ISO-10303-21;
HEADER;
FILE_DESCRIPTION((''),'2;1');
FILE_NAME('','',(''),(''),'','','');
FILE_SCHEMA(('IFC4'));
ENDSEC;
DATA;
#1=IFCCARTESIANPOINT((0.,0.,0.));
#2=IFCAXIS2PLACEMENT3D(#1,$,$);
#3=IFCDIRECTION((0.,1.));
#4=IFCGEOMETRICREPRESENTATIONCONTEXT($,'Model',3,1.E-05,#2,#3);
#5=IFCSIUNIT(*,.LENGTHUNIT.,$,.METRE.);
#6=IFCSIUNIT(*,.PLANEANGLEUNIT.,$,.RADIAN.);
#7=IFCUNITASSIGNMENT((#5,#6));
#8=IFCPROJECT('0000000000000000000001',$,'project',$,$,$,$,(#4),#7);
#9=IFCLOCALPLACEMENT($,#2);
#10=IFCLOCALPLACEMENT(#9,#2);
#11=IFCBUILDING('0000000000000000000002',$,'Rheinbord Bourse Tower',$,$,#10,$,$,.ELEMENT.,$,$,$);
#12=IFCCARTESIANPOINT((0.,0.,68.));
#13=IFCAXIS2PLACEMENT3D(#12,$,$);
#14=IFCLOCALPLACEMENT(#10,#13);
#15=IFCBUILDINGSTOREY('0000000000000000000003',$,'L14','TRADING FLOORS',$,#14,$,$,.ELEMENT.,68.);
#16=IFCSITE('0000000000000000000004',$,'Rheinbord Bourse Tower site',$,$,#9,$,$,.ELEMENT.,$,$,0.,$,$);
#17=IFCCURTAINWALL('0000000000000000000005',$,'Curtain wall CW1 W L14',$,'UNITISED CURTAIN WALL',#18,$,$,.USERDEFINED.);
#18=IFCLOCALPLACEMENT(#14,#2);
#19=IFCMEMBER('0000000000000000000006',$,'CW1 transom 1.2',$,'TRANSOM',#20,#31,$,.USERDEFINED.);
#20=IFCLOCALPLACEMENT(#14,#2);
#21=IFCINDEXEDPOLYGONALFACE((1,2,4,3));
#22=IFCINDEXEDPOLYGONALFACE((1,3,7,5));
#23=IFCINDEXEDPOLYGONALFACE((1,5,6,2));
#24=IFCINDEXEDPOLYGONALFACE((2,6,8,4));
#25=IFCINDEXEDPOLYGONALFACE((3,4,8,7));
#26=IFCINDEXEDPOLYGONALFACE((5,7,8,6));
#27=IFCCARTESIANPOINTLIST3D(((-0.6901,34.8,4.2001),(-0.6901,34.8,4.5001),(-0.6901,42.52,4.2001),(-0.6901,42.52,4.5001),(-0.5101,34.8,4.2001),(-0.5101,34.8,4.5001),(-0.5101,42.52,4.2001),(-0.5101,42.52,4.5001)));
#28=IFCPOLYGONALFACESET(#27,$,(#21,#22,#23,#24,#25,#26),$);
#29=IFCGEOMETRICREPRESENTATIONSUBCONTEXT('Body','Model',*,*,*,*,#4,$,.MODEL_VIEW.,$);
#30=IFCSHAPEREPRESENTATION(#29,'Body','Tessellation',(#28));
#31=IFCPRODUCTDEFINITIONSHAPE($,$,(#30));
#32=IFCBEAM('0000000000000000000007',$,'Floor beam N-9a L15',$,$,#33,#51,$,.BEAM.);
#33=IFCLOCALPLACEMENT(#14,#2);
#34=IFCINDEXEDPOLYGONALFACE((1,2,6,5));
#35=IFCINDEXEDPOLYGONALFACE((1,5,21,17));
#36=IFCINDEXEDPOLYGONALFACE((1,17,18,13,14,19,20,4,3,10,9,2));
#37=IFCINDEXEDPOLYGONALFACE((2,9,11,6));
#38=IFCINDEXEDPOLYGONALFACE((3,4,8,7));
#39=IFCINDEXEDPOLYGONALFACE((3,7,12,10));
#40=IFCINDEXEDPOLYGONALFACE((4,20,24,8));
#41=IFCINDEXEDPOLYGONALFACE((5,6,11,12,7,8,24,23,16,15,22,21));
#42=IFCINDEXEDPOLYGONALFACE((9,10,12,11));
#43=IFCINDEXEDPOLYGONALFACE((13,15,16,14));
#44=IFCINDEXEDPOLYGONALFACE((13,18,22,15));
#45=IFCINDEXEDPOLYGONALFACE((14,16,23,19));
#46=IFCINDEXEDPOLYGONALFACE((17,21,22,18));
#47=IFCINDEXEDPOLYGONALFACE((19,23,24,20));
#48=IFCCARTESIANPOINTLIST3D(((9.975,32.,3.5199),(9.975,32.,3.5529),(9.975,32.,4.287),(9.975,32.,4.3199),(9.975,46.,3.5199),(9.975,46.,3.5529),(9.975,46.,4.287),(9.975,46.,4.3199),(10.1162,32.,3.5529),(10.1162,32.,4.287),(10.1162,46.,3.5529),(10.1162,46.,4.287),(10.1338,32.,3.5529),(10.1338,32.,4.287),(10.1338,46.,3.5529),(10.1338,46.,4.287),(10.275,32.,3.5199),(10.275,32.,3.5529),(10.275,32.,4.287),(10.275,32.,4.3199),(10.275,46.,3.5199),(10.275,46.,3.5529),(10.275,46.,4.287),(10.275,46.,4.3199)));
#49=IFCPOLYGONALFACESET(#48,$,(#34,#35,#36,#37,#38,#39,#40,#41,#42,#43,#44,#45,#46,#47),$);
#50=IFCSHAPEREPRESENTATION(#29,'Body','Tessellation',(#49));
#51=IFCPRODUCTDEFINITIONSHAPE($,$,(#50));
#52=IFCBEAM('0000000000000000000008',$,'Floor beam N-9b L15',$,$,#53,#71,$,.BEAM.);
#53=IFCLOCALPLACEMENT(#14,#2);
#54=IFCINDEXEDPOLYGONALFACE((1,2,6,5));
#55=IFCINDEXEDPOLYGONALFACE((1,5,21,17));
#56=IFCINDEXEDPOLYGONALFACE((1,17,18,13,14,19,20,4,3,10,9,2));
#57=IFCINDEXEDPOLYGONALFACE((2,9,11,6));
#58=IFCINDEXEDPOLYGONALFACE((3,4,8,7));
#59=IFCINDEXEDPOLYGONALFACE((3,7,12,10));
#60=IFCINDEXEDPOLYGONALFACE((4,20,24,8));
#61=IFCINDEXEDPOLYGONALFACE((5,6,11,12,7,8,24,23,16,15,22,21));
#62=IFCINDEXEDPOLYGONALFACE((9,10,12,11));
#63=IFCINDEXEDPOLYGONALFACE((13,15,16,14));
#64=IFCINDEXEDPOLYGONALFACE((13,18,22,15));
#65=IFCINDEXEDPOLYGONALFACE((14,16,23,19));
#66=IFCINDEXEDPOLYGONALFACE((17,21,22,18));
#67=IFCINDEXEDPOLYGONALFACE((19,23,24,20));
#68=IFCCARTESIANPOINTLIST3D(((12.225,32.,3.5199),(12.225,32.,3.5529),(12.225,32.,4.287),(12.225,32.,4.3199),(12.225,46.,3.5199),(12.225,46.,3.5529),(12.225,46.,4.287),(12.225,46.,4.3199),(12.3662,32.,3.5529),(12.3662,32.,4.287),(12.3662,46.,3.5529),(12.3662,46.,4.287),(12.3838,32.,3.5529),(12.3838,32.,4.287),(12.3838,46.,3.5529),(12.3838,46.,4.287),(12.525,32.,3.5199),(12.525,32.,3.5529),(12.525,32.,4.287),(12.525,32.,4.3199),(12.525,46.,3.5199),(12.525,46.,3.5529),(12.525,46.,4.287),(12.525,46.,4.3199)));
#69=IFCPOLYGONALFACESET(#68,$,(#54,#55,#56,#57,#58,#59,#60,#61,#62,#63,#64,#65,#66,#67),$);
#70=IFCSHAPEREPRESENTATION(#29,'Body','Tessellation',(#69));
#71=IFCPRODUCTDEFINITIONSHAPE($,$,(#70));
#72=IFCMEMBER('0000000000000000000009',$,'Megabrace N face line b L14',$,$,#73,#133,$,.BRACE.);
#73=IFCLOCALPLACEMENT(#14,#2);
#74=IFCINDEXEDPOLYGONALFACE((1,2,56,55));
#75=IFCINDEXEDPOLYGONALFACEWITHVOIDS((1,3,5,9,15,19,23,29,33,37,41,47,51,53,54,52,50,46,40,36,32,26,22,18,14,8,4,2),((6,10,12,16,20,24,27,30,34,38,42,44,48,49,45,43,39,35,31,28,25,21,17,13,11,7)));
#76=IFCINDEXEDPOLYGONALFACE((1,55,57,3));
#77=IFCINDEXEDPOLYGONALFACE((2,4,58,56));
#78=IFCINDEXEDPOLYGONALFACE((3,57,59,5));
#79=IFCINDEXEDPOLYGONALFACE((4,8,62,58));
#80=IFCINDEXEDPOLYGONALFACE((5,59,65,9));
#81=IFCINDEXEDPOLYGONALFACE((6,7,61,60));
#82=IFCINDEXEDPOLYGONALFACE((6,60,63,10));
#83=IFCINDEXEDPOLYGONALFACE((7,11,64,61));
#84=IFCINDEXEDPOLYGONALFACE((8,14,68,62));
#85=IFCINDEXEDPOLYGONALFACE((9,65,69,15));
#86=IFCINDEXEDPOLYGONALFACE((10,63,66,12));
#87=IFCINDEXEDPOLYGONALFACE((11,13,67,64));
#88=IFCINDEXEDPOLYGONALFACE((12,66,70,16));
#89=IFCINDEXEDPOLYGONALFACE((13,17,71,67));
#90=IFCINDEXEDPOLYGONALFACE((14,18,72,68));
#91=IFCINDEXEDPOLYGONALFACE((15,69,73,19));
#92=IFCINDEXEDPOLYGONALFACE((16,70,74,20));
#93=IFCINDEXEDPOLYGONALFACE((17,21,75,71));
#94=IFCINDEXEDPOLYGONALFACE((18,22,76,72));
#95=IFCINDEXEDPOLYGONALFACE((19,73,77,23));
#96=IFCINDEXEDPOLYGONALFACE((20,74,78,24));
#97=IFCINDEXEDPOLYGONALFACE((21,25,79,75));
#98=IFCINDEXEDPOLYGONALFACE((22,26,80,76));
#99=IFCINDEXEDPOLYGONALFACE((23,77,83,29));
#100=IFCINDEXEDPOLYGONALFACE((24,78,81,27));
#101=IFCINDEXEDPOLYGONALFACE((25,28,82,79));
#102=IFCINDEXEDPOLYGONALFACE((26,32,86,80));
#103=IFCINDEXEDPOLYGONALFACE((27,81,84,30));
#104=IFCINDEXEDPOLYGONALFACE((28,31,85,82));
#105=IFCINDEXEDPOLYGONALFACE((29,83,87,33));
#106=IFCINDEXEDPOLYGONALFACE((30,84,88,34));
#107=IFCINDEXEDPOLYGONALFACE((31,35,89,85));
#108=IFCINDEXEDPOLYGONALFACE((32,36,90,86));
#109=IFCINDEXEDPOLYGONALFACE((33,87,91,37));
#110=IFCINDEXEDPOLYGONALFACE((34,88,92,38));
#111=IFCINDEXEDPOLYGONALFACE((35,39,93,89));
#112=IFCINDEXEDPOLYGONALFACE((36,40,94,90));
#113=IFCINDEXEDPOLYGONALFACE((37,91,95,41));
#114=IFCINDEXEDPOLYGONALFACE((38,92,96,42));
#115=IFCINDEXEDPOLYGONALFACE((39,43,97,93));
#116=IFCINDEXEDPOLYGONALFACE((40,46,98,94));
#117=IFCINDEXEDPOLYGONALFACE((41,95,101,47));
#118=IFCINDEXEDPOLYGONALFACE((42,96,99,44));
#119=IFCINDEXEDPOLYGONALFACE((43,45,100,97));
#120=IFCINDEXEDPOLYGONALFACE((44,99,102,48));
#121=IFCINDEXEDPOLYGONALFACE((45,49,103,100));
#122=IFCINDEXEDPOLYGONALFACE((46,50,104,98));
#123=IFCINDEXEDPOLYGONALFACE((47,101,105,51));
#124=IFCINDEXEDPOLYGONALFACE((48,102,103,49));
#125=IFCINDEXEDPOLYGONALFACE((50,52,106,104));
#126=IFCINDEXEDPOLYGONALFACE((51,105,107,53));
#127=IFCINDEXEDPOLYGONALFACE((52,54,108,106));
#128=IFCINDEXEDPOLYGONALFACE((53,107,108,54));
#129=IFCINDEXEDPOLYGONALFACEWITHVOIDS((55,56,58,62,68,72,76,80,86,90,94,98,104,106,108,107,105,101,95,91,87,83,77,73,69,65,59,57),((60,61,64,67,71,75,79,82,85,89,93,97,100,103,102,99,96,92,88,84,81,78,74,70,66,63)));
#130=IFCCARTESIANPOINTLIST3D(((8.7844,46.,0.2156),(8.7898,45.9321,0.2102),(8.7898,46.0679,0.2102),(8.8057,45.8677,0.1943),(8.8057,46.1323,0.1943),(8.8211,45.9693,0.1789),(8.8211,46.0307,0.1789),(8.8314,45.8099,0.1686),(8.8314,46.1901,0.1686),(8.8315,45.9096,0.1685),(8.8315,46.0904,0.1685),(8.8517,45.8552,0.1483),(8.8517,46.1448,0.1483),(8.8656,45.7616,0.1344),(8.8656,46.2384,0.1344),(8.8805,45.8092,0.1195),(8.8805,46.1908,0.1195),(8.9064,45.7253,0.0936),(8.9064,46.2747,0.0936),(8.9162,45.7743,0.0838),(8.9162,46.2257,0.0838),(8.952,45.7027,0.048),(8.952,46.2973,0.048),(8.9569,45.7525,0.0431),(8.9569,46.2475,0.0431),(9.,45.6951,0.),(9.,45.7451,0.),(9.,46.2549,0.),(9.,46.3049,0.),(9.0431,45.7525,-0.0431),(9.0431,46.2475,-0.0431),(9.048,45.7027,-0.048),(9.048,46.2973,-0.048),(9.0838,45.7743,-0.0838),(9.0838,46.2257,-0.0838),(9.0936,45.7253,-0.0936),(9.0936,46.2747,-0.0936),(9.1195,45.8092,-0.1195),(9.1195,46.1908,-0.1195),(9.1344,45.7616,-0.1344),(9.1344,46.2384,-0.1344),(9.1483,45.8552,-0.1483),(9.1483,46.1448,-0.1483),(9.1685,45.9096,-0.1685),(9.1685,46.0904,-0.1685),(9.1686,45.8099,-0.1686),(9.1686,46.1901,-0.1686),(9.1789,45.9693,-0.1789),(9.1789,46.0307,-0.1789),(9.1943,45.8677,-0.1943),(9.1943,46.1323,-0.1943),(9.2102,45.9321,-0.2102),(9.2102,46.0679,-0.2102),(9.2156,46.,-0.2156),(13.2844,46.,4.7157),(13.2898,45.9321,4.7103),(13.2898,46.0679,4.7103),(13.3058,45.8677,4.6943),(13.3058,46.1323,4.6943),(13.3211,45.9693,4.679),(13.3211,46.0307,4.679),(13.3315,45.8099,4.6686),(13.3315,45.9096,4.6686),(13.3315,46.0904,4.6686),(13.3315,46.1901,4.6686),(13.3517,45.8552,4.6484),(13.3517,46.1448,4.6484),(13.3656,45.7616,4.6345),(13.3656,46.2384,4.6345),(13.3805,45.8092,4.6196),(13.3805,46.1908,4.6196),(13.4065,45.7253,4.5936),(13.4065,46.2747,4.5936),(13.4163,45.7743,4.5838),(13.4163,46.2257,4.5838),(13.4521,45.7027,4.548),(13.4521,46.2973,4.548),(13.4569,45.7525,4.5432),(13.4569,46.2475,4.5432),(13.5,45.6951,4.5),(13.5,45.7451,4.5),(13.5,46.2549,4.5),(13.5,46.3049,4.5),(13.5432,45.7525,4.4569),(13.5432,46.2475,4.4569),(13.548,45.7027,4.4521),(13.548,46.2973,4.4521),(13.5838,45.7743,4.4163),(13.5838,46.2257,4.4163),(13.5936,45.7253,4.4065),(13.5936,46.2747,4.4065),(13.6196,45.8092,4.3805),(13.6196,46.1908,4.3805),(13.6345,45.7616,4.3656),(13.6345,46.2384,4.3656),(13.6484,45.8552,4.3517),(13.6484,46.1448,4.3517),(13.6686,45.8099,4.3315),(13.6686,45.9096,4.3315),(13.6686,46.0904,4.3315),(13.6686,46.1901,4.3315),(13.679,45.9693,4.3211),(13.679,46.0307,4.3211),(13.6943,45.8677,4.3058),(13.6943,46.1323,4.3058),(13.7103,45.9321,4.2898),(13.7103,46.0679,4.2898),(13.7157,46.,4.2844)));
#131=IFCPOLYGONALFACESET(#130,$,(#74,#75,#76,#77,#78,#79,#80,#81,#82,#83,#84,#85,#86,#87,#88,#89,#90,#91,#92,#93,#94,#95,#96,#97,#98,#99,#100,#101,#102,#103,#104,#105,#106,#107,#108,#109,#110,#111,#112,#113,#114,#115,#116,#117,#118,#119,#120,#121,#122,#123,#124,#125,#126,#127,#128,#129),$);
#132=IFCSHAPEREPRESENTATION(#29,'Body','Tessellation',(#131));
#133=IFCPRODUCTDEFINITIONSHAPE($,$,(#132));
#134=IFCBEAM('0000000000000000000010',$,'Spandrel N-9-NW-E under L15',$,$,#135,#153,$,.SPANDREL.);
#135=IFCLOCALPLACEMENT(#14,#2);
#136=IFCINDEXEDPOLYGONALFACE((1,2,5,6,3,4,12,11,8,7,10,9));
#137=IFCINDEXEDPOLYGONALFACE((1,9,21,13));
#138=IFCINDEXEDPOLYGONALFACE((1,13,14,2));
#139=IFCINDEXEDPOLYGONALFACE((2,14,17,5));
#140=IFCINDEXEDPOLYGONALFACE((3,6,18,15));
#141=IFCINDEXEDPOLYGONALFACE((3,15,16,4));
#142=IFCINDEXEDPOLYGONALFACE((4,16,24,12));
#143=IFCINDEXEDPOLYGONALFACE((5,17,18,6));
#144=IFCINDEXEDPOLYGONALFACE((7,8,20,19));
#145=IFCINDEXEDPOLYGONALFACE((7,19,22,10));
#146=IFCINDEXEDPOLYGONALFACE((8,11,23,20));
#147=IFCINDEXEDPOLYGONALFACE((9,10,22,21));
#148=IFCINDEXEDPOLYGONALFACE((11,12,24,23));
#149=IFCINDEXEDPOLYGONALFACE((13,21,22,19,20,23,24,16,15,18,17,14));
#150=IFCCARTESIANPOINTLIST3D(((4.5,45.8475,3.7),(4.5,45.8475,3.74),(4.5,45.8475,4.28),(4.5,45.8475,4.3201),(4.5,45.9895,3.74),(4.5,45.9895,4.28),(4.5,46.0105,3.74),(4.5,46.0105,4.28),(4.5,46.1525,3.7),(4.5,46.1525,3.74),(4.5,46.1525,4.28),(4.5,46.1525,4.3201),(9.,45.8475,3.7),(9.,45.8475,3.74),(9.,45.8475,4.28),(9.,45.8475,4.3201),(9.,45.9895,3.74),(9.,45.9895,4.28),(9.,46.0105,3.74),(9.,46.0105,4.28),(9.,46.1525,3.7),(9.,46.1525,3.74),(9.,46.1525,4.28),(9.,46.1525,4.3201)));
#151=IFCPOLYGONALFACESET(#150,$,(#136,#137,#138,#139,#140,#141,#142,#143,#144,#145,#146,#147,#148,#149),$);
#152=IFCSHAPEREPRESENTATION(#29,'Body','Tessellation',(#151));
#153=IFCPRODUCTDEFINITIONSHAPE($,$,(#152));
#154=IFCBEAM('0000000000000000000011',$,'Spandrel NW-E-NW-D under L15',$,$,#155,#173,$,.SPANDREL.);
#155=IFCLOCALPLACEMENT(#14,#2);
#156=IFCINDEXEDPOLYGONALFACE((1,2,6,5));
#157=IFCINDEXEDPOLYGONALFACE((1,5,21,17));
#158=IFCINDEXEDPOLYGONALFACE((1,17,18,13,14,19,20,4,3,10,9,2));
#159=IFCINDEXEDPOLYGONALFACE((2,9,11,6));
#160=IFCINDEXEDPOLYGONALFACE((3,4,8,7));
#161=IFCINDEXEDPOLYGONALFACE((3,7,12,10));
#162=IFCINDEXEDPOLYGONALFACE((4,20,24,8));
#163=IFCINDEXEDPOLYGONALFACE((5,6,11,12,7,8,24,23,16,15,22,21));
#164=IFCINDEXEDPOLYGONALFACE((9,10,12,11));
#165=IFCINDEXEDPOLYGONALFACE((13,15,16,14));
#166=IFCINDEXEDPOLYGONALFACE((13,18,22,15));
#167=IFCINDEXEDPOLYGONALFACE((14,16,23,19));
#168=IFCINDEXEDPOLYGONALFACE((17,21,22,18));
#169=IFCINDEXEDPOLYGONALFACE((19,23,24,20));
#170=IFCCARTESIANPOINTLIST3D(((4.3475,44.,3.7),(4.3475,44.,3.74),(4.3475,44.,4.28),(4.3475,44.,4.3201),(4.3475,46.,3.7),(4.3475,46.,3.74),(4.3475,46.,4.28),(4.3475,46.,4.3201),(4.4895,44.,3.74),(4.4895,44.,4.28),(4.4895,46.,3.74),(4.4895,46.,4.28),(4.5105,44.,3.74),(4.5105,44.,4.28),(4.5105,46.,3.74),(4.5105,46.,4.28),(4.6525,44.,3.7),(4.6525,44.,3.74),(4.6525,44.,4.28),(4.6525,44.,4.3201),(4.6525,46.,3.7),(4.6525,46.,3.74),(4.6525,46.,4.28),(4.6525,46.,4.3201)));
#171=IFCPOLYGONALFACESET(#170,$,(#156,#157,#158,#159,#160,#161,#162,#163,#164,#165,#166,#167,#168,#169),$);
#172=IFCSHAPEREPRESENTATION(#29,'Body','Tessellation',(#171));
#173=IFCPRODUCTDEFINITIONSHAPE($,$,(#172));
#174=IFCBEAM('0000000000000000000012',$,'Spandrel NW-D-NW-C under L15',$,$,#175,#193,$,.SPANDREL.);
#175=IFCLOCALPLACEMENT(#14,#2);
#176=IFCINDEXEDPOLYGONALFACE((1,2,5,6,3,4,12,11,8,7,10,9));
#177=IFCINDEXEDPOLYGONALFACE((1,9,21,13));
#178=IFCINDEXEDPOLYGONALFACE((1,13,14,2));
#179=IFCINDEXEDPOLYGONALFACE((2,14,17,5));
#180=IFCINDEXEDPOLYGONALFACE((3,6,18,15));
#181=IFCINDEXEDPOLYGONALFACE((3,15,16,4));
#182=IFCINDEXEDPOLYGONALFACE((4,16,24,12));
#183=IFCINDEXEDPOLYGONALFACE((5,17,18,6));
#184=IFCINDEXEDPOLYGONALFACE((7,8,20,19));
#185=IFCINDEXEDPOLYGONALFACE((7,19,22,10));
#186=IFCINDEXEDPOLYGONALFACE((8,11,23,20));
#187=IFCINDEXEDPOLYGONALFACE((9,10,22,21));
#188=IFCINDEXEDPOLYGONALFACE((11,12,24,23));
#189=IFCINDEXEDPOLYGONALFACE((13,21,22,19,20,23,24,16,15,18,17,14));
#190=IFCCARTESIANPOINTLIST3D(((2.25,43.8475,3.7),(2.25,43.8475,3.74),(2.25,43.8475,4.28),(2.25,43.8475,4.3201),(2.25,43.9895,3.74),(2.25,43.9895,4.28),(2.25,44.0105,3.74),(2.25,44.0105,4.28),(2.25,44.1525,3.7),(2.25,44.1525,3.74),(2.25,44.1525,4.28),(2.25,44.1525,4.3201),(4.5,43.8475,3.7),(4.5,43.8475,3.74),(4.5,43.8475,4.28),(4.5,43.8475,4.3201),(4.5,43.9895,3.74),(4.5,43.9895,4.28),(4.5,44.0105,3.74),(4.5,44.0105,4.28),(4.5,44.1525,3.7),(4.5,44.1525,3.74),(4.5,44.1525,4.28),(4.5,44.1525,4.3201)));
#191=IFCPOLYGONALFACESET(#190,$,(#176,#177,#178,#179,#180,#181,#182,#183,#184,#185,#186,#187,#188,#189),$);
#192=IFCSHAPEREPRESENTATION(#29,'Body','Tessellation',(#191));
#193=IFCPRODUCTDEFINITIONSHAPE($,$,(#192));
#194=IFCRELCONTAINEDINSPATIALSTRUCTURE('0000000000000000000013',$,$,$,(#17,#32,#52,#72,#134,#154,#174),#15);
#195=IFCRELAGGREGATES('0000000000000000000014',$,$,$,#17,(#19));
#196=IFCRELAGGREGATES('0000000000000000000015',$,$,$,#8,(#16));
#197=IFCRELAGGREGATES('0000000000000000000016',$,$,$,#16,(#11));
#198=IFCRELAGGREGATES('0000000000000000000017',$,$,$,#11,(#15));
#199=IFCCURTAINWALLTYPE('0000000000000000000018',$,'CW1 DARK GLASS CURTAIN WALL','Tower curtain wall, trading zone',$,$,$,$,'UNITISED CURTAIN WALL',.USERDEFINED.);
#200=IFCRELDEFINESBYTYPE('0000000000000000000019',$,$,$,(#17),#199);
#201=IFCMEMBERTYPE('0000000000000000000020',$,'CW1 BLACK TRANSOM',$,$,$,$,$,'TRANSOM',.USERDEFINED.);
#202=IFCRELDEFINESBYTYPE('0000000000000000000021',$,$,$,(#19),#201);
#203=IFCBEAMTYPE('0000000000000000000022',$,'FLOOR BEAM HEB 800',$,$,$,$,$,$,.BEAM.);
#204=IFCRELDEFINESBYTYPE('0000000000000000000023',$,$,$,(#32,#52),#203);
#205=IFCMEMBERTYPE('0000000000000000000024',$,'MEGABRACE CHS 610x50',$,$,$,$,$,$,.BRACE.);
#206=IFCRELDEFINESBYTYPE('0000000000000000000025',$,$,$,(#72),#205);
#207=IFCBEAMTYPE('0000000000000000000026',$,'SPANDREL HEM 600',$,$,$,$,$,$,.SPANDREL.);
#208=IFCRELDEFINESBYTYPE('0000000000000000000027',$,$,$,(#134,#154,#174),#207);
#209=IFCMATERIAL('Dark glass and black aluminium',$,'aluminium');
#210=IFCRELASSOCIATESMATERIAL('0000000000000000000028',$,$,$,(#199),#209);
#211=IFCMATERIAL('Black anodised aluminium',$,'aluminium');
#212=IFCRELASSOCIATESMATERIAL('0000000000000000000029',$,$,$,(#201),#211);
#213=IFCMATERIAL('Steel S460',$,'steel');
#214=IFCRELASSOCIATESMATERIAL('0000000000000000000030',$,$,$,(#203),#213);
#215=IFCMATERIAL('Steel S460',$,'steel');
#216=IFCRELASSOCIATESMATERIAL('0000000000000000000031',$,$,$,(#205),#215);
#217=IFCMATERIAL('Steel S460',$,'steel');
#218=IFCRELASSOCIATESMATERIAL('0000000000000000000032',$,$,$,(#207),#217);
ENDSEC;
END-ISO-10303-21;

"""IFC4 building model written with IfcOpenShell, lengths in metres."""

from ifc_helpers import new_model, si_unit, direction, frame, origin, origin_2d, place, context, subcontext, project, spatial, rectangle, hollow_circle, i_section, extrude, material, material_profile, profile_set, type_object, element, aggregate, save


model = new_model("IFC4")

# Units and contexts
model_context = context("Model", 3, precision=1e-05, world=origin(), true_north=direction((0.0, 1.0)))
body_context = subcontext(model_context, "Body", "Model", "MODEL_VIEW")
ifc_project = project(units=[si_unit("LENGTHUNIT", "METRE"), si_unit("PLANEANGLEUNIT", "RADIAN")], contexts=[model_context])

# Site, building, storey
site_placement = place(None, origin())
site = spatial("IfcSite", under=ifc_project, at=site_placement, Name="Rheinbord Bourse Tower site", CompositionType="ELEMENT", RefElevation=0.0)
building_placement = place(site_placement, origin())
building = spatial("IfcBuilding", under=site, at=building_placement, Name="Rheinbord Bourse Tower", CompositionType="ELEMENT")
storey_placement = place(building_placement, frame((0.0, 0.0, 68.0)))
storey = spatial("IfcBuildingStorey", under=building, at=storey_placement, Name="L14", Description="TRADING FLOORS", CompositionType="ELEMENT", Elevation=68.0)

# Shared definitions
ifc_material_1 = material(Name="Dark glass and black aluminium", Category="aluminium")
curtain_wall_type = type_object("IfcCurtainWallType", Name="CW1 DARK GLASS CURTAIN WALL", Description="Tower curtain wall, trading zone", ElementType="UNITISED CURTAIN WALL", PredefinedType="USERDEFINED", material=ifc_material_1)

# Curtain wall
curtain_wall_1_placement = place(storey_placement, origin())
curtain_wall_1 = element("IfcCurtainWall", 1, at=curtain_wall_1_placement, inside=storey, type_object=curtain_wall_type, Name="Curtain wall CW1 W L14", ObjectType="UNITISED CURTAIN WALL", PredefinedType="USERDEFINED")

# Member
ifc_material_2 = material(Name="Black anodised aluminium", Category="aluminium")
ifc_material_profile_1 = material_profile(ifc_material_2, rectangle(XDim=0.1799, YDim=0.3, at=origin_2d()), Name="CW1 TRANSOM 300x180")
ifc_profile_set_1 = profile_set([ifc_material_profile_1], Name="Black anodised aluminium")
member_type_1 = type_object("IfcMemberType", Name="CW1 BLACK TRANSOM", ElementType="TRANSOM", PredefinedType="USERDEFINED", material=ifc_profile_set_1)
member_1_placement = place(storey_placement, frame((-0.6001, 42.52, 4.3501), z_axis=(0.0, -1.0, 0.0), x_axis=(1.0, 0.0, 0.0)))
member_1 = element("IfcMember", 2, at=member_1_placement, type_object=member_type_1, Name="CW1 transom 1.2", ObjectType="TRANSOM", PredefinedType="USERDEFINED", context=body_context, shape_type="SweptSolid", body=[
    extrude(rectangle(XDim=0.1799, YDim=0.3, at=origin_2d()), origin(), (0.0, 0.0, 1.0), 7.72),
])

# Beams
ifc_material_3 = material(Name="Steel S460", Category="steel")
ifc_material_profile_2 = material_profile(ifc_material_3, i_section(OverallWidth=0.3, OverallDepth=0.8, WebThickness=0.0176, FlangeThickness=0.033, at=origin_2d()), Name="HEB 800")
ifc_profile_set_2 = profile_set([ifc_material_profile_2], Name="Steel S460")
beam_type_1 = type_object("IfcBeamType", Name="FLOOR BEAM HEB 800", PredefinedType="BEAM", material=ifc_profile_set_2)
for number, where, z_axis, x_axis, name in (
    (3, (10.125, 46.0, 3.9199), (0.0, -1.0, 0.0), (1.0, 0.0, 0.0), "Floor beam N-9a L15"),
    (4, (12.375, 46.0, 3.9199), (0.0, -1.0, 0.0), (1.0, 0.0, 0.0), "Floor beam N-9b L15"),
):
    element("IfcBeam", number, at=place(storey_placement, frame(where, z_axis=z_axis, x_axis=x_axis)), inside=storey, type_object=beam_type_1, Name=name, PredefinedType="BEAM", context=body_context, shape_type="SweptSolid", body=[
        extrude(i_section(OverallWidth=0.3, OverallDepth=0.8, WebThickness=0.0176, FlangeThickness=0.033, at=origin_2d()), origin(), (0.0, 0.0, 1.0), 14.0),
    ])

# Member
ifc_material_4 = material(Name="Steel S460", Category="steel")
ifc_material_profile_3 = material_profile(ifc_material_4, hollow_circle(Radius=0.3049, WallThickness=0.05, at=origin_2d()), Name="CHS 610x50")
ifc_profile_set_3 = profile_set([ifc_material_profile_3], Name="Steel S460")
member_type_2 = type_object("IfcMemberType", Name="MEGABRACE CHS 610x50", PredefinedType="BRACE", material=ifc_profile_set_3)
member_2_placement = place(storey_placement, frame((9.0, 46.0, 0.0), z_axis=(0.707107, 0.0, 0.707107), x_axis=(0.0, 1.0, 0.0)))
element("IfcMember", 5, at=member_2_placement, inside=storey, type_object=member_type_2, Name="Megabrace N face line b L14", PredefinedType="BRACE", context=body_context, shape_type="SweptSolid", body=[
    extrude(hollow_circle(Radius=0.3049, WallThickness=0.05, at=origin_2d()), origin(), (0.0, 0.0, 1.0), 6.364),
])

# Beams
ifc_material_5 = material(Name="Steel S460", Category="steel")
ifc_material_profile_4 = material_profile(ifc_material_5, i_section(OverallWidth=0.3049, OverallDepth=0.6201, WebThickness=0.021, FlangeThickness=0.04, at=origin_2d()), Name="HEM 600")
ifc_profile_set_4 = profile_set([ifc_material_profile_4], Name="Steel S460")
beam_type_2 = type_object("IfcBeamType", Name="SPANDREL HEM 600", PredefinedType="SPANDREL", material=ifc_profile_set_4)
beam_1_placement = place(storey_placement, frame((9.0, 46.0, 4.01), z_axis=(-1.0, 0.0, 0.0), x_axis=(0.0, -1.0, 0.0)))
element("IfcBeam", 6, at=beam_1_placement, inside=storey, type_object=beam_type_2, Name="Spandrel N-9-NW-E under L15", PredefinedType="SPANDREL", context=body_context, shape_type="SweptSolid", body=[
    extrude(i_section(OverallWidth=0.3049, OverallDepth=0.6201, WebThickness=0.021, FlangeThickness=0.04, at=origin_2d()), origin(), (0.0, 0.0, 1.0), 4.5),
])
beam_2_placement = place(storey_placement, frame((4.5, 46.0, 4.01), z_axis=(0.0, -1.0, 0.0), x_axis=(1.0, 0.0, 0.0)))
element("IfcBeam", 7, at=beam_2_placement, inside=storey, type_object=beam_type_2, Name="Spandrel NW-E-NW-D under L15", PredefinedType="SPANDREL", context=body_context, shape_type="SweptSolid", body=[
    extrude(i_section(OverallWidth=0.3049, OverallDepth=0.6201, WebThickness=0.021, FlangeThickness=0.04, at=origin_2d()), origin(), (0.0, 0.0, 1.0), 2.0),
])
beam_3_placement = place(storey_placement, frame((4.5, 44.0, 4.01), z_axis=(-1.0, 0.0, 0.0), x_axis=(0.0, -1.0, 0.0)))
element("IfcBeam", 8, at=beam_3_placement, inside=storey, type_object=beam_type_2, Name="Spandrel NW-D-NW-C under L15", PredefinedType="SPANDREL", context=body_context, shape_type="SweptSolid", body=[
    extrude(i_section(OverallWidth=0.3049, OverallDepth=0.6201, WebThickness=0.021, FlangeThickness=0.04, at=origin_2d()), origin(), (0.0, 0.0, 1.0), 2.25),
])

aggregate(curtain_wall_1, [member_1])

save(model, "model.ifc")
